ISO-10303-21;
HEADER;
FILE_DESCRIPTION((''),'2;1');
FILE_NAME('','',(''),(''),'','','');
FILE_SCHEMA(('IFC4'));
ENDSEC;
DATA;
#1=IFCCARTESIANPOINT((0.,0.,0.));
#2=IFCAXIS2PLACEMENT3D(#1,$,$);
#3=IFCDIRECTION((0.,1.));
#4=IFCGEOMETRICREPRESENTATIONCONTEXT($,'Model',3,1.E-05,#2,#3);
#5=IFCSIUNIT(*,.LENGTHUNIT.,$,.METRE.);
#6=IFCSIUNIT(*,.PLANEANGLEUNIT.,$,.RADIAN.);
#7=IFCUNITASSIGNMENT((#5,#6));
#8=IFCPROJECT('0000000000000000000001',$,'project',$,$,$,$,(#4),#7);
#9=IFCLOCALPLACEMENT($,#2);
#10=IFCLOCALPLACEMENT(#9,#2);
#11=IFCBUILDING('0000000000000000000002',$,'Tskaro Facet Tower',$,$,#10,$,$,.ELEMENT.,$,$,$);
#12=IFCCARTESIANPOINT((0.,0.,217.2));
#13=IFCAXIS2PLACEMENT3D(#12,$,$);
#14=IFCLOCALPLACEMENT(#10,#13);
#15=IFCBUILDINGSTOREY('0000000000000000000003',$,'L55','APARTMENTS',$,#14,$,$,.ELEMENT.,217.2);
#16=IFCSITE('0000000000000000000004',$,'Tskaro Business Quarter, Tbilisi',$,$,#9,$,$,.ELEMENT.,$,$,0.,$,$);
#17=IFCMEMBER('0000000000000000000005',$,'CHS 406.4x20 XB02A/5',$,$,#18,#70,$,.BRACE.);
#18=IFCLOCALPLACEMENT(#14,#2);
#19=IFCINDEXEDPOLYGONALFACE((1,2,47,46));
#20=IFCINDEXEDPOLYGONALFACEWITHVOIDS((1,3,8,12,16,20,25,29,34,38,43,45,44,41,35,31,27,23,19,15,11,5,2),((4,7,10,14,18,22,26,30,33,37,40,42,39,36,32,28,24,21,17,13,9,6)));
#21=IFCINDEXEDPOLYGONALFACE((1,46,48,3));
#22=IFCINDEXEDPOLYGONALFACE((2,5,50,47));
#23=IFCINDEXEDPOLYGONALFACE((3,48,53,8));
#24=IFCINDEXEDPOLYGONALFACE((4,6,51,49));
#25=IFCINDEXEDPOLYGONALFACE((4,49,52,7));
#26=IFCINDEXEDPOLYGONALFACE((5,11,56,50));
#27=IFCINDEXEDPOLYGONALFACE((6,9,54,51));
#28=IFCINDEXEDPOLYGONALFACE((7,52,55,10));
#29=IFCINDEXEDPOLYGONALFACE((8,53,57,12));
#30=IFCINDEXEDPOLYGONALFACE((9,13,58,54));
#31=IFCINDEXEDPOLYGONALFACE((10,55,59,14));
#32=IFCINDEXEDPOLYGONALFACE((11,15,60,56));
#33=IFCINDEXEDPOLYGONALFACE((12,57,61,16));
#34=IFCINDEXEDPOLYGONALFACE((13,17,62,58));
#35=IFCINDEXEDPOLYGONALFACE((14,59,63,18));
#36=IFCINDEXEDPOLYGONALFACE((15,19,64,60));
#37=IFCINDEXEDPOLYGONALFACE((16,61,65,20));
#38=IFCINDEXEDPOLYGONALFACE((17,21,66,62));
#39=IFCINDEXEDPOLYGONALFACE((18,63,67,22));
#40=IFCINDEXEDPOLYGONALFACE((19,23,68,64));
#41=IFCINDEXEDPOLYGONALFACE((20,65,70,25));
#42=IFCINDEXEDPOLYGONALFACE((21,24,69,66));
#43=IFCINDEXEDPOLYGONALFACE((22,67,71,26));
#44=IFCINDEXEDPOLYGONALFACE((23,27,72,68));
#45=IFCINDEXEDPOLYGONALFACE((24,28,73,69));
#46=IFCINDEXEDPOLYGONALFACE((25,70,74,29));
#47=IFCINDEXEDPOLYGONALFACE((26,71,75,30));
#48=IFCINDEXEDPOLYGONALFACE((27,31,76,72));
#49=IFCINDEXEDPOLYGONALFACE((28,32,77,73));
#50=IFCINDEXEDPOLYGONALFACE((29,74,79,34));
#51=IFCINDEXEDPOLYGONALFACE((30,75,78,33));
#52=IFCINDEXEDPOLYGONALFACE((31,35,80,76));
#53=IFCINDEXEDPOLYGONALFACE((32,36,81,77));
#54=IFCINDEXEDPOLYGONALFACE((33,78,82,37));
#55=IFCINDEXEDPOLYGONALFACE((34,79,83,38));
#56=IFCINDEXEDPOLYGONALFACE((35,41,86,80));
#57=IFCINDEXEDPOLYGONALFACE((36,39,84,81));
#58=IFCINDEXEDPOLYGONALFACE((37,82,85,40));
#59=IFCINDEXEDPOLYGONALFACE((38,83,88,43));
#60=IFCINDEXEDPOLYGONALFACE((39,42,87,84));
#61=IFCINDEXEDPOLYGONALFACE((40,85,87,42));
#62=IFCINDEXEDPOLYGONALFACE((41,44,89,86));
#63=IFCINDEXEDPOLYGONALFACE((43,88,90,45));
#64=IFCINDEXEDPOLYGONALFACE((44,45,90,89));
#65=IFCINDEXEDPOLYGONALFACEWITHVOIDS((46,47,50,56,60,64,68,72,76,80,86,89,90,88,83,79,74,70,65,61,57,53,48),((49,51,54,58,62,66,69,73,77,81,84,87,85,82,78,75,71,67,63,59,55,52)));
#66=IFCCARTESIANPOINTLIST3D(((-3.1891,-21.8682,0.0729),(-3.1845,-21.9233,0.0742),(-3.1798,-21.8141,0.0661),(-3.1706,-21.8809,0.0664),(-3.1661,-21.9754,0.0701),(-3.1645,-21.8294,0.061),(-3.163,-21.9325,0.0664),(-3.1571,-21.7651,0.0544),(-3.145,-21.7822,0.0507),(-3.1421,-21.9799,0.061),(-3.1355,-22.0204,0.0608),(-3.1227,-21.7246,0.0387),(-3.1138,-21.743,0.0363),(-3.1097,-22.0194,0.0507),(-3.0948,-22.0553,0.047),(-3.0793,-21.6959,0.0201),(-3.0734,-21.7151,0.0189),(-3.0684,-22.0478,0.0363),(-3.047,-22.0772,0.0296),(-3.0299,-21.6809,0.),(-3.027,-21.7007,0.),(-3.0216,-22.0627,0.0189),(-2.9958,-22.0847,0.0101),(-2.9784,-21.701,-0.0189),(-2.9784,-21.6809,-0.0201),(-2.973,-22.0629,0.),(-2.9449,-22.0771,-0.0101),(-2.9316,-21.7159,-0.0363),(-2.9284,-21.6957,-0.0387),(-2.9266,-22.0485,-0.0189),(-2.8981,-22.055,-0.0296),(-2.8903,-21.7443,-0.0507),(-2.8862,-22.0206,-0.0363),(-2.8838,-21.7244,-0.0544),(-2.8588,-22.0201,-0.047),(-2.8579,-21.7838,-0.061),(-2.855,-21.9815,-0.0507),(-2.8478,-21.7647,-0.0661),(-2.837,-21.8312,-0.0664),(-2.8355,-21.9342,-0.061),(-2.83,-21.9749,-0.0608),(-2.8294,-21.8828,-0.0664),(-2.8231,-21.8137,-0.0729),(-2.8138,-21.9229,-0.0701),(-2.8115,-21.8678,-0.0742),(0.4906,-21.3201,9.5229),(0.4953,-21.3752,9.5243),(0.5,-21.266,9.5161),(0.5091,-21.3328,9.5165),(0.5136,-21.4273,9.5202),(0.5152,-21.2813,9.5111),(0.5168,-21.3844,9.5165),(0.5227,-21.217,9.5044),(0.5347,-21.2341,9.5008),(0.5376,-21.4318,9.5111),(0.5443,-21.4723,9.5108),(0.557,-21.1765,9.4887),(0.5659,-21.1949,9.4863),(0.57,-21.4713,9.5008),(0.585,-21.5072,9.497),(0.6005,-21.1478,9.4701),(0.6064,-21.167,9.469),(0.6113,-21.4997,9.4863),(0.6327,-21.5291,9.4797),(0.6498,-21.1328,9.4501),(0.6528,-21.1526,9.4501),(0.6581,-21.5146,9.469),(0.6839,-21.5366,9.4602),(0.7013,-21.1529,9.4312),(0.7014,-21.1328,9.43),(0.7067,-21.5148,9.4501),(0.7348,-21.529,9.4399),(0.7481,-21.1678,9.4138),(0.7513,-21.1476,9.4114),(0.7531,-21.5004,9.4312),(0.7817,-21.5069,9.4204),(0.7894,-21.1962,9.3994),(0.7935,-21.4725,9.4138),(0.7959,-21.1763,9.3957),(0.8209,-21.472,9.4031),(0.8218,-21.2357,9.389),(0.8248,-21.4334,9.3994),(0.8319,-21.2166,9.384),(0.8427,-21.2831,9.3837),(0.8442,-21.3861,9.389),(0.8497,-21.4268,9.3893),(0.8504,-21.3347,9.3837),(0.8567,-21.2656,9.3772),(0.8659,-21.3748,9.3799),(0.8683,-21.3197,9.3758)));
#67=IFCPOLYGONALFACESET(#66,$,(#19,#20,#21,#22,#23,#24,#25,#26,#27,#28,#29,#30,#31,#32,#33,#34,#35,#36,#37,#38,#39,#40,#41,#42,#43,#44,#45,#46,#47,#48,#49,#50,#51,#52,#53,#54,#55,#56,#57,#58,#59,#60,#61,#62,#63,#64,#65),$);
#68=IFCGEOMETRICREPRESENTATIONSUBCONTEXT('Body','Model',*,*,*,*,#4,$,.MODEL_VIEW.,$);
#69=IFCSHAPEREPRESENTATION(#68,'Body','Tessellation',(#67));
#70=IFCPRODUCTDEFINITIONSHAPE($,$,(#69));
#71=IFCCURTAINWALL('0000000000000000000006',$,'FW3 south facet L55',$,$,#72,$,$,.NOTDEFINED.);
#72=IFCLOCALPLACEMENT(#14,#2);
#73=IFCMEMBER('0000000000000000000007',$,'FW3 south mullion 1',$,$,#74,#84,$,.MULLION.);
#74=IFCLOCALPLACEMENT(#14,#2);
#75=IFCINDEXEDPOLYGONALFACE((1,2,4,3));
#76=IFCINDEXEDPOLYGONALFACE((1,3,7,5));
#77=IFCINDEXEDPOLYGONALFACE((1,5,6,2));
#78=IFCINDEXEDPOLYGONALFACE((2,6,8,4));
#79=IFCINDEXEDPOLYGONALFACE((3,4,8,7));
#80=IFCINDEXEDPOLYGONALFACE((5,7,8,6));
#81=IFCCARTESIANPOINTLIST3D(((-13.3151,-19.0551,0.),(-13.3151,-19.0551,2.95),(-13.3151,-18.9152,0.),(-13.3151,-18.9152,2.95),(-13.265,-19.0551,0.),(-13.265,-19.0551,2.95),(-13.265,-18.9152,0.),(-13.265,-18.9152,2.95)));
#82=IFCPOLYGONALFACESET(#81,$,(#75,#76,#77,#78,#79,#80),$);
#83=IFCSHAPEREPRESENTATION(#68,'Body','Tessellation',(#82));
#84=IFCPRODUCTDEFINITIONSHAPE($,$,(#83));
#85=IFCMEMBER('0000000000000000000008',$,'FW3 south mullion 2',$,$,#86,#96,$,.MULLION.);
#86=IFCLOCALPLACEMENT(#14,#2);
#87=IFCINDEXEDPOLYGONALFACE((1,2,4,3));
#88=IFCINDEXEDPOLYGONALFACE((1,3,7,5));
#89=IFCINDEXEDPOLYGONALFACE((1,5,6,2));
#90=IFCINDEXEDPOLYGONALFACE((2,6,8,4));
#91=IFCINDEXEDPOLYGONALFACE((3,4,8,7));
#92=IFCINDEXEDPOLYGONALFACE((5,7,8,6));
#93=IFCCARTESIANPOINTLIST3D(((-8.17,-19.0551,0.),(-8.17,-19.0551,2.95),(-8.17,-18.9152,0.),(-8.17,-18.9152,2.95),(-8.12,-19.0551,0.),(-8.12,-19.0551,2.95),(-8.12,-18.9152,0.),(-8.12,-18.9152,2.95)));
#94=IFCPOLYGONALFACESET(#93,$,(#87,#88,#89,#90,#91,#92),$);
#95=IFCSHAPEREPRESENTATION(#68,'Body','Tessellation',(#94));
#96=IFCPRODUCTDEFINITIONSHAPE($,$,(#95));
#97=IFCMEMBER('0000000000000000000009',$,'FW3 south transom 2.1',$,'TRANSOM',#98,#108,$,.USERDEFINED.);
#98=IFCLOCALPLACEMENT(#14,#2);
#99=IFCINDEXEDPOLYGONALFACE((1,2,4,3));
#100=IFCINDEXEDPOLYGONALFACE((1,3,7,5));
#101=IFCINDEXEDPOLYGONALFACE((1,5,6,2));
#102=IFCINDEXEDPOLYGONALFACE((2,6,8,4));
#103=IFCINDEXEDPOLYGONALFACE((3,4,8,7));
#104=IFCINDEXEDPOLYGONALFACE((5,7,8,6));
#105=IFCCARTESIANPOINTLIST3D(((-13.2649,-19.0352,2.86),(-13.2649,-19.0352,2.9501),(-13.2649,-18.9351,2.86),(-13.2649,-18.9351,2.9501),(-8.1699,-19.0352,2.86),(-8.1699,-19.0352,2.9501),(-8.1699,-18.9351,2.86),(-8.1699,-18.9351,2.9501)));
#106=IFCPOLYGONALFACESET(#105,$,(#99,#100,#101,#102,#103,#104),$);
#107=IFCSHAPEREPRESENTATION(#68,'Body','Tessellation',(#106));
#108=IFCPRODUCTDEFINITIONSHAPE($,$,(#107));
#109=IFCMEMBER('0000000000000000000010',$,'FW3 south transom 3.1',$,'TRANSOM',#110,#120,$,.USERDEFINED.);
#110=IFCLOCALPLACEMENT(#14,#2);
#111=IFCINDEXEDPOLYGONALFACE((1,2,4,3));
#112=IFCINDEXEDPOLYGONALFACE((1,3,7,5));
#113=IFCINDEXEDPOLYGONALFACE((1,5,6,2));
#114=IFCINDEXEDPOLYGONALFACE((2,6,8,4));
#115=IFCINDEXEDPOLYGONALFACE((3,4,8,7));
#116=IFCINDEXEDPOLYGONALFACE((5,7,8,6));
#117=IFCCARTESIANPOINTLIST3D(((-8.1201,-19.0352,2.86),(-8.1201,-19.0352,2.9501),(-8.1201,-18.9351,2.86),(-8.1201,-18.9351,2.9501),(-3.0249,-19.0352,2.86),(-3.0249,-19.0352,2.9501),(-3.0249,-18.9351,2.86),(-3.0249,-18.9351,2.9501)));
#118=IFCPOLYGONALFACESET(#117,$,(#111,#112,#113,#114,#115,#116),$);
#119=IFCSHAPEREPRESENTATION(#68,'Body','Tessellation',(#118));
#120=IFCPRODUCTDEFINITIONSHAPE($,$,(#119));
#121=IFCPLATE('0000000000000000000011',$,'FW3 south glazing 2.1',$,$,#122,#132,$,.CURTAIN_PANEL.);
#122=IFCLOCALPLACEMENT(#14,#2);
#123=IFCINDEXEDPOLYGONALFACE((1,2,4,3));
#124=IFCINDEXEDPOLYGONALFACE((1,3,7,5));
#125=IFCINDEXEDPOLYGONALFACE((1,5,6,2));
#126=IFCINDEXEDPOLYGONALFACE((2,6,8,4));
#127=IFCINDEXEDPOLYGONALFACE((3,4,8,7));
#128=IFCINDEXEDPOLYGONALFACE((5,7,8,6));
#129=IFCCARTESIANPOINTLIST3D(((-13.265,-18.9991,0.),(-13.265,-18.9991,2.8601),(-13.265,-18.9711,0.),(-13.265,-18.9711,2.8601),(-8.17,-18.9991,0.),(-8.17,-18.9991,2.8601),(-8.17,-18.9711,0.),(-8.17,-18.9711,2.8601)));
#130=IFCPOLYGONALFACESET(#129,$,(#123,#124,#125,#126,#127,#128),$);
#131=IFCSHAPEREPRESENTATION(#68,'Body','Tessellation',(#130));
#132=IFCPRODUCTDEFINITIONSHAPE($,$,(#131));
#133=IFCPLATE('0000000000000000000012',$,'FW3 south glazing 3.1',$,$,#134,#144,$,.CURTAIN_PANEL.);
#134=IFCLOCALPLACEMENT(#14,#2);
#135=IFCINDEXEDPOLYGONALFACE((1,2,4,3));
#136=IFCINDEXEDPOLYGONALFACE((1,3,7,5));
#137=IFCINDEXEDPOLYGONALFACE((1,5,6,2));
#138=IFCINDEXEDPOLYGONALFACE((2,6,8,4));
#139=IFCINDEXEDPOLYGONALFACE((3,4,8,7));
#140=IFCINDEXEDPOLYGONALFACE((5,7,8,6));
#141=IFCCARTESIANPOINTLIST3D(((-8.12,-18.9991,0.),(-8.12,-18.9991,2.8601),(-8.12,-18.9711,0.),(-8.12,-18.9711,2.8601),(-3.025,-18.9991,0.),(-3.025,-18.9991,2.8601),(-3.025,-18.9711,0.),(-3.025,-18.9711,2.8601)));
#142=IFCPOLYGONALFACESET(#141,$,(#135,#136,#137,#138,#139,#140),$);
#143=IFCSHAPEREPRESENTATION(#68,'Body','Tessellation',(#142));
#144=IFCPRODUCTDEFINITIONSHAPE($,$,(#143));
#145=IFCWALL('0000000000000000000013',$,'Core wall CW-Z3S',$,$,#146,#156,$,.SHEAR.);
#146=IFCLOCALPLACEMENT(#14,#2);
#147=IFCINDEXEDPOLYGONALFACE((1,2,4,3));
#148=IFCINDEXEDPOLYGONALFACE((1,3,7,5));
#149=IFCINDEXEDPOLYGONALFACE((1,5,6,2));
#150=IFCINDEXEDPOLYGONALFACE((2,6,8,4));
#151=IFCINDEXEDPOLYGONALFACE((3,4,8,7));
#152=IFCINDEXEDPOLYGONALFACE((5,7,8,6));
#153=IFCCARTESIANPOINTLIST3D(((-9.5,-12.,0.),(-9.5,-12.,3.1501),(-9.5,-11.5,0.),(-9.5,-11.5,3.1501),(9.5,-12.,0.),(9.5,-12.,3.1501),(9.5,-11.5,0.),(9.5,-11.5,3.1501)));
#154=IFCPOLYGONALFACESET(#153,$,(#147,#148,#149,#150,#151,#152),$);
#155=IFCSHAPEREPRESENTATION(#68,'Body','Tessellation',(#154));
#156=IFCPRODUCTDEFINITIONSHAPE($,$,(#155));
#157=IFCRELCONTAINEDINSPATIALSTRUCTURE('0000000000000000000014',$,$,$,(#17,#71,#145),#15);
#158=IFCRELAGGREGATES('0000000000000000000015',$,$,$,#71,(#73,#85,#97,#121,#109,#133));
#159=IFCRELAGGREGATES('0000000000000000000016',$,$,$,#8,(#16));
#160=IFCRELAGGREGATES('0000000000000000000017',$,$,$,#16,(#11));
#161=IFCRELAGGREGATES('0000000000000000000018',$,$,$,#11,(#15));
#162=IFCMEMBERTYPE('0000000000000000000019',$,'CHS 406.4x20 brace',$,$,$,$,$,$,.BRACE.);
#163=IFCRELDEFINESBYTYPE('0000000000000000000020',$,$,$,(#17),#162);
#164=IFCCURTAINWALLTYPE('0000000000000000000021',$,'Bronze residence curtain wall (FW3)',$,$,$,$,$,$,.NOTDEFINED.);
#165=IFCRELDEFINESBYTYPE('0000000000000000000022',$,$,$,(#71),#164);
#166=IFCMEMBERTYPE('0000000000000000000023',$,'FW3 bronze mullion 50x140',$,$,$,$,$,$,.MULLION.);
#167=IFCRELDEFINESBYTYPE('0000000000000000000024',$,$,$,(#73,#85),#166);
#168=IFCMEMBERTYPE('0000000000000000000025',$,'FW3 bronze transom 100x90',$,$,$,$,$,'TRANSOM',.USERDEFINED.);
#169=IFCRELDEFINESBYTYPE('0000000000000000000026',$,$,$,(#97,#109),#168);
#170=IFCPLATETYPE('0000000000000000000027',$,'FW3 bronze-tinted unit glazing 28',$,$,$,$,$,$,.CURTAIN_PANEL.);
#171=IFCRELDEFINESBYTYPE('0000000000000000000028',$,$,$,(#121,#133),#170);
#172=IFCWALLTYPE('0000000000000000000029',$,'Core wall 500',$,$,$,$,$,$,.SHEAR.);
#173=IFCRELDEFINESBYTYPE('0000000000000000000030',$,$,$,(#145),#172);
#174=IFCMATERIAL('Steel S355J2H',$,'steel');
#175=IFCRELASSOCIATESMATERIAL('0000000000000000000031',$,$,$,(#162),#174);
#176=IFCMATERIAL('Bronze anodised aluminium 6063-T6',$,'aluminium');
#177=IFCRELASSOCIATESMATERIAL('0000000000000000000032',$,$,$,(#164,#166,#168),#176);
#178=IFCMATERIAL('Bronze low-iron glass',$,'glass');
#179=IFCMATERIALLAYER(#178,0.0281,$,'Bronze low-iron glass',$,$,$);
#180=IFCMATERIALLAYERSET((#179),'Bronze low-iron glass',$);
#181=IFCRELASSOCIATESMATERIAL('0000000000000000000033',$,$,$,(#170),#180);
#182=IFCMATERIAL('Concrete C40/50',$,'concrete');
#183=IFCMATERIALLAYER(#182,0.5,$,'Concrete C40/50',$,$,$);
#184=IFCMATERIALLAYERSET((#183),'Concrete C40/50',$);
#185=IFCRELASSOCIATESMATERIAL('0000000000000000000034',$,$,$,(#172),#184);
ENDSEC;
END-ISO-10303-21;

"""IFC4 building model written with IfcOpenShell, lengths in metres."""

from ifc_helpers import new_model, si_unit, direction, frame, frame_2d, origin, origin_2d, place, context, subcontext, project, spatial, rectangle, hollow_circle, extrude, material, layer, layer_set, material_profile, profile_set, type_object, element, aggregate, save


model = new_model("IFC4")

# Units and contexts
model_context = context("Model", 3, precision=1e-05, world=origin(), true_north=direction((0.0, 1.0)))
body_context = subcontext(model_context, "Body", "Model", "MODEL_VIEW")
ifc_project = project(units=[si_unit("LENGTHUNIT", "METRE"), si_unit("PLANEANGLEUNIT", "RADIAN")], contexts=[model_context])

# Site, building, storey
site_placement = place(None, origin())
site = spatial("IfcSite", under=ifc_project, at=site_placement, Name="Tskaro Business Quarter, Tbilisi", CompositionType="ELEMENT", RefElevation=0.0)
building_placement = place(site_placement, origin())
building = spatial("IfcBuilding", under=site, at=building_placement, Name="Tskaro Facet Tower", CompositionType="ELEMENT")
storey_placement = place(building_placement, frame((0.0, 0.0, 217.2)))
storey = spatial("IfcBuildingStorey", under=building, at=storey_placement, Name="L55", Description="APARTMENTS", CompositionType="ELEMENT", Elevation=217.2)

# Shared definitions
ifc_material_1 = material(Name="Steel S355J2H", Category="steel")

# Member
ifc_material_profile_1 = material_profile(ifc_material_1, hollow_circle(Radius=0.2031, WallThickness=0.02, at=origin_2d()), Name="CHS 406.4x20")
ifc_profile_set_1 = profile_set([ifc_material_profile_1], Name="Steel S355J2H")
member_type_1 = type_object("IfcMemberType", Name="CHS 406.4x20 brace", PredefinedType="BRACE", material=ifc_profile_set_1)
member_1_placement = place(storey_placement, frame((-3.0, -21.8818, 0.0), z_axis=(0.362321, 0.053968, 0.93049), x_axis=(-0.147326, 0.989088, 0.0)))
element("IfcMember", 1, at=member_1_placement, inside=storey, type_object=member_type_1, Name="CHS 406.4x20 XB02A/5", PredefinedType="BRACE", context=body_context, shape_type="SweptSolid", body=[
    extrude(hollow_circle(Radius=0.2031, WallThickness=0.02, at=origin_2d()), origin(), (0.0, 0.0, 1.0), 10.156),
])

# Curtain wall, members, plates
ifc_material_2 = material(Name="Bronze anodised aluminium 6063-T6", Category="aluminium")
curtain_wall_type = type_object("IfcCurtainWallType", Name="Bronze residence curtain wall (FW3)", PredefinedType="NOTDEFINED", material=ifc_material_2)
curtain_wall_placement = place(storey_placement, origin())
curtain_wall = element("IfcCurtainWall", 2, at=curtain_wall_placement, inside=storey, type_object=curtain_wall_type, Name="FW3 south facet L55", PredefinedType="NOTDEFINED")
ifc_material_profile_2 = material_profile(ifc_material_2, rectangle(XDim=0.05, YDim=0.1399, at=origin_2d()), Name="Mullion 50x140")
ifc_profile_set_2 = profile_set([ifc_material_profile_2], Name="Bronze anodised aluminium 6063-T6")
member_type_2 = type_object("IfcMemberType", Name="FW3 bronze mullion 50x140", PredefinedType="MULLION", material=ifc_profile_set_2)
member_2_placement = place(storey_placement, frame((-13.29, -18.9851, 0.0), z_axis=(0.0, 0.0, 1.0), x_axis=(1.0, 0.0, 0.0)))
member_2 = element("IfcMember", 3, at=member_2_placement, type_object=member_type_2, Name="FW3 south mullion 1", PredefinedType="MULLION", context=body_context, shape_type="SweptSolid", body=[
    extrude(rectangle(XDim=0.05, YDim=0.1399, at=origin_2d()), origin(), (0.0, 0.0, 1.0), 2.95),
])
member_3_placement = place(storey_placement, frame((-8.145, -18.9851, 0.0), z_axis=(0.0, 0.0, 1.0), x_axis=(1.0, 0.0, 0.0)))
member_3 = element("IfcMember", 4, at=member_3_placement, type_object=member_type_2, Name="FW3 south mullion 2", PredefinedType="MULLION", context=body_context, shape_type="SweptSolid", body=[
    extrude(rectangle(XDim=0.05, YDim=0.1399, at=origin_2d()), origin(), (0.0, 0.0, 1.0), 2.95),
])
ifc_material_profile_3 = material_profile(ifc_material_2, rectangle(XDim=0.1001, YDim=0.0901, at=origin_2d()), Name="Transom 100x90")
ifc_profile_set_3 = profile_set([ifc_material_profile_3], Name="Bronze anodised aluminium 6063-T6")
member_type_3 = type_object("IfcMemberType", Name="FW3 bronze transom 100x90", ElementType="TRANSOM", PredefinedType="USERDEFINED", material=ifc_profile_set_3)
member_4_placement = place(storey_placement, frame((-13.2649, -18.9851, 2.905), z_axis=(1.0, 0.0, 0.0), x_axis=(0.0, 1.0, 0.0)))
member_4 = element("IfcMember", 5, at=member_4_placement, type_object=member_type_3, Name="FW3 south transom 2.1", ObjectType="TRANSOM", PredefinedType="USERDEFINED", context=body_context, shape_type="SweptSolid", body=[
    extrude(rectangle(XDim=0.1001, YDim=0.0901, at=origin_2d()), origin(), (0.0, 0.0, 1.0), 5.095),
])
member_5_placement = place(storey_placement, frame((-8.1201, -18.9851, 2.905), z_axis=(1.0, 0.0, 0.0), x_axis=(0.0, 1.0, 0.0)))
member_5 = element("IfcMember", 6, at=member_5_placement, type_object=member_type_3, Name="FW3 south transom 3.1", ObjectType="TRANSOM", PredefinedType="USERDEFINED", context=body_context, shape_type="SweptSolid", body=[
    extrude(rectangle(XDim=0.1001, YDim=0.0901, at=origin_2d()), origin(), (0.0, 0.0, 1.0), 5.0952),
])
ifc_material_3 = material(Name="Bronze low-iron glass", Category="glass")
ifc_layer_1 = layer(ifc_material_3, 0.0281, Name="Bronze low-iron glass")
ifc_layer_set_1 = layer_set([ifc_layer_1], Name="Bronze low-iron glass")
plate_type = type_object("IfcPlateType", Name="FW3 bronze-tinted unit glazing 28", PredefinedType="CURTAIN_PANEL", material=ifc_layer_set_1)
plate_1_placement = place(storey_placement, frame((-10.7175, -18.9851, 0.0), z_axis=(0.0, 0.0, 1.0), x_axis=(1.0, 0.0, 0.0)))
plate_1 = element("IfcPlate", 7, at=plate_1_placement, type_object=plate_type, Name="FW3 south glazing 2.1", PredefinedType="CURTAIN_PANEL", context=body_context, shape_type="SweptSolid", body=[
    extrude(rectangle(XDim=5.095, YDim=0.0281, at=origin_2d()), origin(), (0.0, 0.0, 1.0), 2.8601),
])
plate_2_placement = place(storey_placement, frame((-5.5725, -18.9851, 0.0), z_axis=(0.0, 0.0, 1.0), x_axis=(1.0, 0.0, 0.0)))
plate_2 = element("IfcPlate", 8, at=plate_2_placement, type_object=plate_type, Name="FW3 south glazing 3.1", PredefinedType="CURTAIN_PANEL", context=body_context, shape_type="SweptSolid", body=[
    extrude(rectangle(XDim=5.095, YDim=0.0281, at=origin_2d()), origin(), (0.0, 0.0, 1.0), 2.8601),
])
aggregate(curtain_wall, [member_2, member_3, member_4, plate_1, member_5, plate_2])

# Wall
ifc_material_4 = material(Name="Concrete C40/50", Category="concrete")
ifc_layer_2 = layer(ifc_material_4, 0.5, Name="Concrete C40/50")
ifc_layer_set_2 = layer_set([ifc_layer_2], Name="Concrete C40/50")
wall_type_1 = type_object("IfcWallType", Name="Core wall 500", PredefinedType="SHEAR", material=ifc_layer_set_2)
wall_1_placement = place(storey_placement, frame((-9.5, -11.75, 0.0), z_axis=(0.0, 0.0, 1.0), x_axis=(1.0, 0.0, 0.0)))
element("IfcWall", 9, at=wall_1_placement, inside=storey, type_object=wall_type_1, Name="Core wall CW-Z3S", PredefinedType="SHEAR", context=body_context, shape_type="SweptSolid", body=[
    extrude(rectangle(XDim=19.0, YDim=0.5, at=frame_2d((9.5, 0.0))), origin(), (0.0, 0.0, 1.0), 3.1501),
])

save(model, "model.ifc")
